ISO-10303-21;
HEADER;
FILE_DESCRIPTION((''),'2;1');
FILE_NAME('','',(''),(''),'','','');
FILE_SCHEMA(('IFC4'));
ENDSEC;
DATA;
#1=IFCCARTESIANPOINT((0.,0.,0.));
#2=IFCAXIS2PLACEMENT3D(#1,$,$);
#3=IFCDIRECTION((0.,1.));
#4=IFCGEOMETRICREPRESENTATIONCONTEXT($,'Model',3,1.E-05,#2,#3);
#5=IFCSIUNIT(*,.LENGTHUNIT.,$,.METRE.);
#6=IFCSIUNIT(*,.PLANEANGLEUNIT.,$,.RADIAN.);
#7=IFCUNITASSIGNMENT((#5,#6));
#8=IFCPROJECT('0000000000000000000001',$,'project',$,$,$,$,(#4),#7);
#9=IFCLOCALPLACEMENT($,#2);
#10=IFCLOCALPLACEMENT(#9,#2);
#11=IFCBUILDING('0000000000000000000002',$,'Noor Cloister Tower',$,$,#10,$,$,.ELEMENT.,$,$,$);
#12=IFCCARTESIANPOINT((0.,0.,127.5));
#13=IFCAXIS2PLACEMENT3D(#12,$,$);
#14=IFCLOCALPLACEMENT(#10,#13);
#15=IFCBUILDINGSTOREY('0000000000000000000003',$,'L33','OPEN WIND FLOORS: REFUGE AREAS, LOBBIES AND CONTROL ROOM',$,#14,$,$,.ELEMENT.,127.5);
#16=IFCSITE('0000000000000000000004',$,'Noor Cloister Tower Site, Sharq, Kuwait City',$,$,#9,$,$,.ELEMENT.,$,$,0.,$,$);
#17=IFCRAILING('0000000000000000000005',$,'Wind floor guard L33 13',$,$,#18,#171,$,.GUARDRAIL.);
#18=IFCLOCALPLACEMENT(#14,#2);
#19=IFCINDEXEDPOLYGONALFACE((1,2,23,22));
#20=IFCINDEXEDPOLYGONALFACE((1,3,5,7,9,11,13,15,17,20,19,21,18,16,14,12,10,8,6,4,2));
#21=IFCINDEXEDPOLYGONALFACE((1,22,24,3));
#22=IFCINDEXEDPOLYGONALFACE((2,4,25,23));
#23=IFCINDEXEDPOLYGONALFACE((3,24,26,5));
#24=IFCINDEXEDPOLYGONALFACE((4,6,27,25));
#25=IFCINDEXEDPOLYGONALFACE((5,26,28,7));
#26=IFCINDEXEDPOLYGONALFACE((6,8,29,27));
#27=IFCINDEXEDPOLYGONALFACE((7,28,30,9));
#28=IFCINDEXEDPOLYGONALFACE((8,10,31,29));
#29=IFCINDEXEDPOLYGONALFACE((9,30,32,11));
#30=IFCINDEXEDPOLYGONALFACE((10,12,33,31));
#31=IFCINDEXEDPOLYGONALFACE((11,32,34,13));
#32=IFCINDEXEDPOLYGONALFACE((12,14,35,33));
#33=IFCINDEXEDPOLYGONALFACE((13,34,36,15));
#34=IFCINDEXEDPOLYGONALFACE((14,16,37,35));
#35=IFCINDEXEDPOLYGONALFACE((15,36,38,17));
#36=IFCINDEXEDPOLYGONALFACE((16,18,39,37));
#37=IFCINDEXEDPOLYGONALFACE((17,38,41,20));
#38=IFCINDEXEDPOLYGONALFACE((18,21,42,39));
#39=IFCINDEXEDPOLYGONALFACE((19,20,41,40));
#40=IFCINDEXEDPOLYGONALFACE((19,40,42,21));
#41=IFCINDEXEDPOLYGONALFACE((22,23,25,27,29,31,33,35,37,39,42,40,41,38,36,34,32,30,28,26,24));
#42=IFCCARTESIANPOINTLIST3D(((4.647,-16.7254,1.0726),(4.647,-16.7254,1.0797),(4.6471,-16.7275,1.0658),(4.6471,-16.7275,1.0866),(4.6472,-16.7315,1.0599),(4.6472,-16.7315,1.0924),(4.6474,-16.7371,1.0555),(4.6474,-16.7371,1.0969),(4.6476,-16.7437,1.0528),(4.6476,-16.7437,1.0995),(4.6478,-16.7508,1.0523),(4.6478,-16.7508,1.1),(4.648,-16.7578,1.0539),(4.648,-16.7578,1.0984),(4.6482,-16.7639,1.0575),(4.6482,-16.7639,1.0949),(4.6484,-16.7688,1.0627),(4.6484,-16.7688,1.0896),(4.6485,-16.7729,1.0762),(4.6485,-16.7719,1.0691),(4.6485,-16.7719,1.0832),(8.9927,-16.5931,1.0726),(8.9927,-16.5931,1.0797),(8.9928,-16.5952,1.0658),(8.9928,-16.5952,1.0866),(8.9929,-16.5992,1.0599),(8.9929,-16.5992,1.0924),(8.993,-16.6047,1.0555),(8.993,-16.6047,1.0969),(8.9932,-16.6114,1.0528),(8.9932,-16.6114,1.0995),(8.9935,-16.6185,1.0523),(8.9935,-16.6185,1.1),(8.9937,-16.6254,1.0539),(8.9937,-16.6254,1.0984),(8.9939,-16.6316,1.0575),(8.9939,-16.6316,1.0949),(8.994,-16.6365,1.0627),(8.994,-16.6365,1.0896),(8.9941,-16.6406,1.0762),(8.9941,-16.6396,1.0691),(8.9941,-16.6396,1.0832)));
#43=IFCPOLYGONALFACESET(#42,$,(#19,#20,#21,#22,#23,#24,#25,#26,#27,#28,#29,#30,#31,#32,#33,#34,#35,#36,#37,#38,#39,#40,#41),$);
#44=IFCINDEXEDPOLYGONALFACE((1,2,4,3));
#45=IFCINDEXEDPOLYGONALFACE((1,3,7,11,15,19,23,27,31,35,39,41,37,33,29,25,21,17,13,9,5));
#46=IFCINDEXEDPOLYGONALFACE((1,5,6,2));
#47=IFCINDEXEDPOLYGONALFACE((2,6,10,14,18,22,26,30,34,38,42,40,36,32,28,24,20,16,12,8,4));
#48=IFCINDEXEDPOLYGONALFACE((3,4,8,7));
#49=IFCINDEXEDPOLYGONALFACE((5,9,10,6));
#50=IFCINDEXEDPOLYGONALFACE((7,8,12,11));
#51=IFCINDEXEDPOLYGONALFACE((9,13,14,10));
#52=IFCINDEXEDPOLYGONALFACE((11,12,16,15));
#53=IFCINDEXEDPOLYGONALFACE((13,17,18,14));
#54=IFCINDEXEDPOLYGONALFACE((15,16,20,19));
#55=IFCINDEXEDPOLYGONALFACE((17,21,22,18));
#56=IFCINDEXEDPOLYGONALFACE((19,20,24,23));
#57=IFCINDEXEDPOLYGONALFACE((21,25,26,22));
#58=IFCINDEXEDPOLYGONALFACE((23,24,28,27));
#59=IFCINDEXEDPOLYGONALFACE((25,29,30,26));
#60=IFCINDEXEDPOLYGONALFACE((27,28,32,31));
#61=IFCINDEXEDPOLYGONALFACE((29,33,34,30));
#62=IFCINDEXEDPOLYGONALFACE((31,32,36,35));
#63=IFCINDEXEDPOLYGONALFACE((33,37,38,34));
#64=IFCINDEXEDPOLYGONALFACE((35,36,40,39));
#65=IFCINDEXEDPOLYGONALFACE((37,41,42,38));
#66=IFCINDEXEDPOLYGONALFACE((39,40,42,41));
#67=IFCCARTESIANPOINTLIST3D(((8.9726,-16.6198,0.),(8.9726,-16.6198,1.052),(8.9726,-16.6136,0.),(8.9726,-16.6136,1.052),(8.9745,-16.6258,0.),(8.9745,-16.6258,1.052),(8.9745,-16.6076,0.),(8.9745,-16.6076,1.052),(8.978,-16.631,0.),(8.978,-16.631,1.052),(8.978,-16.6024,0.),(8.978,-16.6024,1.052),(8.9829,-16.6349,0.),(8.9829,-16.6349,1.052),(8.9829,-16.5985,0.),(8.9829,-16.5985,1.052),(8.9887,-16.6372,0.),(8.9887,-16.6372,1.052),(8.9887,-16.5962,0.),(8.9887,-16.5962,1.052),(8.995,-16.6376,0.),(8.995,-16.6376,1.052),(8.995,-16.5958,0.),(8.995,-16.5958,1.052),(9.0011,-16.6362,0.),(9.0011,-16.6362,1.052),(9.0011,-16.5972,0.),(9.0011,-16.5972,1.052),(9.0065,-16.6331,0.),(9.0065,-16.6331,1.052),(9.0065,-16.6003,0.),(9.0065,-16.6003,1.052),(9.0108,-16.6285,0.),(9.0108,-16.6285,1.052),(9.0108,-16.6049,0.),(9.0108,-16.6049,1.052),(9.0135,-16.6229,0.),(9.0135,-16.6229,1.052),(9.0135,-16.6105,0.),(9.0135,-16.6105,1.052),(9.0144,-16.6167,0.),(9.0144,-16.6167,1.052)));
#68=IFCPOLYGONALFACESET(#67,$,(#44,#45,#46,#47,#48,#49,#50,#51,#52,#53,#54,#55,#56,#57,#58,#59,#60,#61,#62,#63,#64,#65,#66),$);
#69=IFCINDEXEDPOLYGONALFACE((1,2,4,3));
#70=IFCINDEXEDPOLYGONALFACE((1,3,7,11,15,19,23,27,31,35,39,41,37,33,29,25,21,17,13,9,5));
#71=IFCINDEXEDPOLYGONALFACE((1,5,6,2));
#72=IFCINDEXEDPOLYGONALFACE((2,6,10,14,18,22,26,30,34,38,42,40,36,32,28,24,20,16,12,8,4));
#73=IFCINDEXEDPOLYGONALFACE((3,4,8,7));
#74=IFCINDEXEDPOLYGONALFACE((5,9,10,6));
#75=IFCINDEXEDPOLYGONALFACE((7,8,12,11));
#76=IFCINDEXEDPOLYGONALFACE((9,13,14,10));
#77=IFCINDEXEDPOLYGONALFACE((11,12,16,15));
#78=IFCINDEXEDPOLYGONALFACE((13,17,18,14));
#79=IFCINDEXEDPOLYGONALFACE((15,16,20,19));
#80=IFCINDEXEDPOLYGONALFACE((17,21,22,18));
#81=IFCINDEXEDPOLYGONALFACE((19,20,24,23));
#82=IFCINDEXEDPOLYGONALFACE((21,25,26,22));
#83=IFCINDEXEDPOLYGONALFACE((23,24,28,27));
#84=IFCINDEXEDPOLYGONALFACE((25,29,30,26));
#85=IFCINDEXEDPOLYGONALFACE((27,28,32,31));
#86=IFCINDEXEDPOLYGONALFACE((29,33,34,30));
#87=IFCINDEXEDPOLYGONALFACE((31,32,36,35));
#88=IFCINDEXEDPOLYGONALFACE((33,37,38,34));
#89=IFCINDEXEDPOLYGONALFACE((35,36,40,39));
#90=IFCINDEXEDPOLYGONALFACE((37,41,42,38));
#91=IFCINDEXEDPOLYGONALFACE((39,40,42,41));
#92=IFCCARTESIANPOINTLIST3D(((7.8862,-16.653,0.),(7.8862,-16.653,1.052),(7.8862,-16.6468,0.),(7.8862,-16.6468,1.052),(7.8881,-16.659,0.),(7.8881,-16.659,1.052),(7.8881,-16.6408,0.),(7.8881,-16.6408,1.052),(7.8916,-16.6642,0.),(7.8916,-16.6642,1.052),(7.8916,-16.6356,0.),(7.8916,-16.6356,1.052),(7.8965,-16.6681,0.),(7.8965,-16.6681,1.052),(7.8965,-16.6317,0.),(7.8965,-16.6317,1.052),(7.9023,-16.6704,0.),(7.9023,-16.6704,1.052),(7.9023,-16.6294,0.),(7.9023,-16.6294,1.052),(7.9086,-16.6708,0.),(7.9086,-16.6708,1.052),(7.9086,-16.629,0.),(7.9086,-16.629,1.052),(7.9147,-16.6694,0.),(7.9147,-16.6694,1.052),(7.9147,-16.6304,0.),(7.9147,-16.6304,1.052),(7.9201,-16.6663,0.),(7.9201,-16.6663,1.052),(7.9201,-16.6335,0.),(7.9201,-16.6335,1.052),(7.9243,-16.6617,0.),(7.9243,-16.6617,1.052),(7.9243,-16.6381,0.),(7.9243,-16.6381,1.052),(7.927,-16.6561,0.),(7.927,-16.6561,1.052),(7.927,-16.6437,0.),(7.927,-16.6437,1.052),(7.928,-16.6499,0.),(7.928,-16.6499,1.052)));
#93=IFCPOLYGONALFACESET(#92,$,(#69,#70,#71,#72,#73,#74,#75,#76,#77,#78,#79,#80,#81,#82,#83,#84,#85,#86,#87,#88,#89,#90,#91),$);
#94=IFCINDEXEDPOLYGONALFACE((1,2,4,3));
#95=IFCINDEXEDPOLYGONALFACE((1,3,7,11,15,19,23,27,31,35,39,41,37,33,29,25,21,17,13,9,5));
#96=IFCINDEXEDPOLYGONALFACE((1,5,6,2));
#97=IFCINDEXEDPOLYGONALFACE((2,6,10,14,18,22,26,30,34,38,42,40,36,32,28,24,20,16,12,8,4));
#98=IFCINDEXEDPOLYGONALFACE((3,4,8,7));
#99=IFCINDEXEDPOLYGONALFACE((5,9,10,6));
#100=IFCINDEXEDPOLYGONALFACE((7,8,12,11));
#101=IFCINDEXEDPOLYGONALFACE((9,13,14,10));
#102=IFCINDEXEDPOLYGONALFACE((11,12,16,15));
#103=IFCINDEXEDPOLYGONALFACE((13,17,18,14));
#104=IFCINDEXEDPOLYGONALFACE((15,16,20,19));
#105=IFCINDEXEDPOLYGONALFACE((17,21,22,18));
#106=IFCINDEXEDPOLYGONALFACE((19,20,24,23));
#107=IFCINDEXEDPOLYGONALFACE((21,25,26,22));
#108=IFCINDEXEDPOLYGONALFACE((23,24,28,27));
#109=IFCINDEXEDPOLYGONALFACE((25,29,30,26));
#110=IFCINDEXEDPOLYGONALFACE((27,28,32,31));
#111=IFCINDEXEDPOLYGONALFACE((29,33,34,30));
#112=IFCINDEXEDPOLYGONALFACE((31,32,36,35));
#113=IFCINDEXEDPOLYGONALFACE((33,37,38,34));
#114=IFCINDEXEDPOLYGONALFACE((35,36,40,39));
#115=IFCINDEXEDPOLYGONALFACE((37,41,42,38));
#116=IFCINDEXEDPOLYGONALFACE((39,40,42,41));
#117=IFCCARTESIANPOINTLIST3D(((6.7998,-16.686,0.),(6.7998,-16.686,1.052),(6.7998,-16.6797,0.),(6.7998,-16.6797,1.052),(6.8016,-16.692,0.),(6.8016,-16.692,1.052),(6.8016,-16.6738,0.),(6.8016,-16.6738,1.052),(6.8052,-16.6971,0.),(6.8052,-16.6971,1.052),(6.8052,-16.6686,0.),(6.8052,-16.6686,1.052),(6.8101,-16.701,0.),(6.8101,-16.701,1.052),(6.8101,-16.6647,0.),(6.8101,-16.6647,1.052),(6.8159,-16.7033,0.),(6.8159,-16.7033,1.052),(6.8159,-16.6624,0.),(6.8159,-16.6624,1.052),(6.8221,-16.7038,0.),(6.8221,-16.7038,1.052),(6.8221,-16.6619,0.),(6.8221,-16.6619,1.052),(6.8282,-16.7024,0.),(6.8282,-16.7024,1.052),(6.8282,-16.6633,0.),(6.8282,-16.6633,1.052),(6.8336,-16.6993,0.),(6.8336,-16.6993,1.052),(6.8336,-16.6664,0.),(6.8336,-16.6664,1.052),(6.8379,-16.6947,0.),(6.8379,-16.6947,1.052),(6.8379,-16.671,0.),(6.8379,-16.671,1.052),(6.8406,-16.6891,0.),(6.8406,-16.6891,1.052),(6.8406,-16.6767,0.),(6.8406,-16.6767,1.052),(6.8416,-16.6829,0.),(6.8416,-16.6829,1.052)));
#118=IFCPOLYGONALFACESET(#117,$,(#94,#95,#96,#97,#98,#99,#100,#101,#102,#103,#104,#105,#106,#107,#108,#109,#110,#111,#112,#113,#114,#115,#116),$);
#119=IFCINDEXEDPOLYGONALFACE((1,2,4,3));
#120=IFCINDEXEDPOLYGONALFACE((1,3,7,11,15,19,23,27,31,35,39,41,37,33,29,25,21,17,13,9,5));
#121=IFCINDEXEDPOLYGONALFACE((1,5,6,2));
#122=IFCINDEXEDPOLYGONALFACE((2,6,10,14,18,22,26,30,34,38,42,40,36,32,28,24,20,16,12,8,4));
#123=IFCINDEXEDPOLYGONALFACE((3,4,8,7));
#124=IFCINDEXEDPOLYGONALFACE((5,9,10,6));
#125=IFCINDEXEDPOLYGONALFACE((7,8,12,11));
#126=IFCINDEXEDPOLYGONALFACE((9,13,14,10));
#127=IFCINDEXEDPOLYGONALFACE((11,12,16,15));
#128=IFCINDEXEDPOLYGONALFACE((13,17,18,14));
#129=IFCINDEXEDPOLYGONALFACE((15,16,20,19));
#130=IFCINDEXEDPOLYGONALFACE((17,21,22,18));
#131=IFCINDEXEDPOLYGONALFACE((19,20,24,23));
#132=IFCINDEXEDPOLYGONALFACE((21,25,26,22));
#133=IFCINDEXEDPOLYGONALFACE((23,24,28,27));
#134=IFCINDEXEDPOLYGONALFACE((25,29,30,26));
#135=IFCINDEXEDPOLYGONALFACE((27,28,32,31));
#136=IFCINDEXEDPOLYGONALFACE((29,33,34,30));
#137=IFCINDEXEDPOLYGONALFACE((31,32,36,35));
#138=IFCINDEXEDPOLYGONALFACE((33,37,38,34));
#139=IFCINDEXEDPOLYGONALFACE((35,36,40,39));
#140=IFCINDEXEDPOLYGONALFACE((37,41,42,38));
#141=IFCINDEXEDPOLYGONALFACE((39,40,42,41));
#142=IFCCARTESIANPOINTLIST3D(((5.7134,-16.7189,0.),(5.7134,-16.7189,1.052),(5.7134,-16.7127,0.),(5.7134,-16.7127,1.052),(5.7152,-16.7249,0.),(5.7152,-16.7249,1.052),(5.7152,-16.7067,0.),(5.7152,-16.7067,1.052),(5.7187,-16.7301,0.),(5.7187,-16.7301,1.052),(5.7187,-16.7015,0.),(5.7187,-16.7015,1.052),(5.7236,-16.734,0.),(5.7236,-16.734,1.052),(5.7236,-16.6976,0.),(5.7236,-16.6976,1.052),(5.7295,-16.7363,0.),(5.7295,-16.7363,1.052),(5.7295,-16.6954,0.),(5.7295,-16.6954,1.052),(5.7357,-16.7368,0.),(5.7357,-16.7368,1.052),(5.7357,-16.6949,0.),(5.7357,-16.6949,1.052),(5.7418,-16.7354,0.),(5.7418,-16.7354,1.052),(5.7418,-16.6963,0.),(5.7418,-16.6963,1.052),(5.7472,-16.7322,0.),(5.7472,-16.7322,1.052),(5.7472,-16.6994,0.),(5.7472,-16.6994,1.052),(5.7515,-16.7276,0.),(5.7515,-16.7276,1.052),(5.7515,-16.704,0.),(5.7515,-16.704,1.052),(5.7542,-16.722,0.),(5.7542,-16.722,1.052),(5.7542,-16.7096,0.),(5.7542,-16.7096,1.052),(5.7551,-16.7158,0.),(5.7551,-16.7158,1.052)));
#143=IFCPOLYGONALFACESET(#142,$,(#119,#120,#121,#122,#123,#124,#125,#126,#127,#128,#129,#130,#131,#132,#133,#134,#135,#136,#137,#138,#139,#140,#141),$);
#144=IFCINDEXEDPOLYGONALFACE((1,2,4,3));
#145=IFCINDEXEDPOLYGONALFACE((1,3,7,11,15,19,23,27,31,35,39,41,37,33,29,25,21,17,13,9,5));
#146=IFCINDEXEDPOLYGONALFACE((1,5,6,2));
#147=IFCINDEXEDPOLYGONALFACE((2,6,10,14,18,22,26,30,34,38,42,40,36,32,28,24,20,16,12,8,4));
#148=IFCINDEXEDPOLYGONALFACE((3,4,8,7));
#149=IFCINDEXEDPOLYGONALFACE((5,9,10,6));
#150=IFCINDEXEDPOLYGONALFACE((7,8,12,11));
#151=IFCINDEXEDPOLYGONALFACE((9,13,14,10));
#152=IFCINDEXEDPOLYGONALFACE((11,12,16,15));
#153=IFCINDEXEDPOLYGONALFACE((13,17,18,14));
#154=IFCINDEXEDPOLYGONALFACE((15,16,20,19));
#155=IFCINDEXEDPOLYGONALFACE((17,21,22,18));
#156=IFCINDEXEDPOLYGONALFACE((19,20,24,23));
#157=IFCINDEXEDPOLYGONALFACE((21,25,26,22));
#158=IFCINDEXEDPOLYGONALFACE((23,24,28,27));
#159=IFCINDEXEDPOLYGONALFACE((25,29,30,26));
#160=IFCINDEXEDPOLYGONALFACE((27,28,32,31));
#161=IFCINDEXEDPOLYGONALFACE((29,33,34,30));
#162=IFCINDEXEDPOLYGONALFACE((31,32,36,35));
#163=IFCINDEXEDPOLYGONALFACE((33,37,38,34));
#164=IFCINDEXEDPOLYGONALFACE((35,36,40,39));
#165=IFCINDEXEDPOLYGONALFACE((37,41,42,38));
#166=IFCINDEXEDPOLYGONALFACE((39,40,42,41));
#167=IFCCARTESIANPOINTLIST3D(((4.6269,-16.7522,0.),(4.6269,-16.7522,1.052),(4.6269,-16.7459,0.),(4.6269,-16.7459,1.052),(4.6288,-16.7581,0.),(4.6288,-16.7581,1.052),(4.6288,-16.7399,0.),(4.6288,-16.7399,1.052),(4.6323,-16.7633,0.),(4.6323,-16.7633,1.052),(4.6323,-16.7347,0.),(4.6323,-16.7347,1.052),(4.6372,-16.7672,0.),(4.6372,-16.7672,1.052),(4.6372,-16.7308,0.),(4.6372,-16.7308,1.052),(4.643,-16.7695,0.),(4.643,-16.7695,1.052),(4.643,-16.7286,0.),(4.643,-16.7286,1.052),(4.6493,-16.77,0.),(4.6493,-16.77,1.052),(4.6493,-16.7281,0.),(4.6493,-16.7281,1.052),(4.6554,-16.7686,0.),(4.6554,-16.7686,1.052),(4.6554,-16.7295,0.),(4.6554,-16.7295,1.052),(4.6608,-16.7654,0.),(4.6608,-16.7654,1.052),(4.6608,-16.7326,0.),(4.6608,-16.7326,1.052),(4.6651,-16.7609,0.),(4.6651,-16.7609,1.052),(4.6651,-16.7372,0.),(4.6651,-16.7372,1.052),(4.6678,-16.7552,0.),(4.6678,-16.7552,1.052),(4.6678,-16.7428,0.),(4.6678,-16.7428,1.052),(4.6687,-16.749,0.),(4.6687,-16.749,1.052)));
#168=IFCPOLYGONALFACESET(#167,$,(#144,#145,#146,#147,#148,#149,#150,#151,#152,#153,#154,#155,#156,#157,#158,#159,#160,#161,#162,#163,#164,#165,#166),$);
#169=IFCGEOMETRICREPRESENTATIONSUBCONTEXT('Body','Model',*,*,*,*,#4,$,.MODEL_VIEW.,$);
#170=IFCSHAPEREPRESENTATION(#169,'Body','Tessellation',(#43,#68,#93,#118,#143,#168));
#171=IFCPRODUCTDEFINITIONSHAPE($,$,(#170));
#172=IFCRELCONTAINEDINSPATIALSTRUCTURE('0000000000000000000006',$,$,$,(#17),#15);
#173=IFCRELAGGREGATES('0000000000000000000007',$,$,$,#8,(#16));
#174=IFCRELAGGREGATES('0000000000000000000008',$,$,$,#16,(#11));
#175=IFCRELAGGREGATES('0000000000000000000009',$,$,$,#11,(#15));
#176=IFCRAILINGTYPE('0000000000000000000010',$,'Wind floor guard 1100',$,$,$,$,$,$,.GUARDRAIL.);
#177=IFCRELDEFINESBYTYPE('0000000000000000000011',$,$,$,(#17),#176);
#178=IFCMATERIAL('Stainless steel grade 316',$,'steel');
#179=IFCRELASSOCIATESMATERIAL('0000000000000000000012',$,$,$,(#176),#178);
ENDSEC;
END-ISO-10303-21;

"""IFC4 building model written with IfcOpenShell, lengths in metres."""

from ifc_helpers import new_model, si_unit, direction, frame, origin, origin_2d, place, context, subcontext, project, spatial, circle, extrude, material, type_object, element, save


model = new_model("IFC4")

# Units and contexts
model_context = context("Model", 3, precision=1e-05, world=origin(), true_north=direction((0.0, 1.0)))
body_context = subcontext(model_context, "Body", "Model", "MODEL_VIEW")
ifc_project = project(units=[si_unit("LENGTHUNIT", "METRE"), si_unit("PLANEANGLEUNIT", "RADIAN")], contexts=[model_context])

# Site, building, storey
site_placement = place(None, origin())
site = spatial("IfcSite", under=ifc_project, at=site_placement, Name="Noor Cloister Tower Site, Sharq, Kuwait City", CompositionType="ELEMENT", RefElevation=0.0)
building_placement = place(site_placement, origin())
building = spatial("IfcBuilding", under=site, at=building_placement, Name="Noor Cloister Tower", CompositionType="ELEMENT")
storey_placement = place(building_placement, frame((0.0, 0.0, 127.5)))
storey = spatial("IfcBuildingStorey", under=building, at=storey_placement, Name="L33", Description="OPEN WIND FLOORS: REFUGE AREAS, LOBBIES AND CONTROL ROOM", CompositionType="ELEMENT", Elevation=127.5)

# Railing
ifc_material_1 = material(Name="Stainless steel grade 316", Category="steel")
railing_type_1 = type_object("IfcRailingType", Name="Wind floor guard 1100", PredefinedType="GUARDRAIL", material=ifc_material_1)
railing_1_placement = place(storey_placement, frame((8.9934, -16.6167, 0.0)))
element("IfcRailing", 1, at=railing_1_placement, inside=storey, type_object=railing_type_1, Name="Wind floor guard L33 13", PredefinedType="GUARDRAIL", context=body_context, shape_type="SweptSolid", body=[
    extrude(circle(Radius=0.0239, at=origin_2d()), frame((0.0, 0.0, 1.0762), z_axis=(-0.999537, -0.030435, 0.0), x_axis=(0.030435, -0.999537, 0.0)), (0.0, 0.0, 1.0), 4.3477),
    extrude(circle(Radius=0.021, at=origin_2d()), origin(), (0.0, 0.0, 1.0), 1.052),
    extrude(circle(Radius=0.021, at=origin_2d()), frame((-1.0864, -0.0332, 0.0)), (0.0, 0.0, 1.0), 1.052),
    extrude(circle(Radius=0.021, at=origin_2d()), frame((-2.1729, -0.0662, 0.0)), (0.0, 0.0, 1.0), 1.052),
    extrude(circle(Radius=0.021, at=origin_2d()), frame((-3.2593, -0.0991, 0.0)), (0.0, 0.0, 1.0), 1.052),
    extrude(circle(Radius=0.021, at=origin_2d()), frame((-4.3457, -0.1323, 0.0)), (0.0, 0.0, 1.0), 1.052),
])

save(model, "model.ifc")
